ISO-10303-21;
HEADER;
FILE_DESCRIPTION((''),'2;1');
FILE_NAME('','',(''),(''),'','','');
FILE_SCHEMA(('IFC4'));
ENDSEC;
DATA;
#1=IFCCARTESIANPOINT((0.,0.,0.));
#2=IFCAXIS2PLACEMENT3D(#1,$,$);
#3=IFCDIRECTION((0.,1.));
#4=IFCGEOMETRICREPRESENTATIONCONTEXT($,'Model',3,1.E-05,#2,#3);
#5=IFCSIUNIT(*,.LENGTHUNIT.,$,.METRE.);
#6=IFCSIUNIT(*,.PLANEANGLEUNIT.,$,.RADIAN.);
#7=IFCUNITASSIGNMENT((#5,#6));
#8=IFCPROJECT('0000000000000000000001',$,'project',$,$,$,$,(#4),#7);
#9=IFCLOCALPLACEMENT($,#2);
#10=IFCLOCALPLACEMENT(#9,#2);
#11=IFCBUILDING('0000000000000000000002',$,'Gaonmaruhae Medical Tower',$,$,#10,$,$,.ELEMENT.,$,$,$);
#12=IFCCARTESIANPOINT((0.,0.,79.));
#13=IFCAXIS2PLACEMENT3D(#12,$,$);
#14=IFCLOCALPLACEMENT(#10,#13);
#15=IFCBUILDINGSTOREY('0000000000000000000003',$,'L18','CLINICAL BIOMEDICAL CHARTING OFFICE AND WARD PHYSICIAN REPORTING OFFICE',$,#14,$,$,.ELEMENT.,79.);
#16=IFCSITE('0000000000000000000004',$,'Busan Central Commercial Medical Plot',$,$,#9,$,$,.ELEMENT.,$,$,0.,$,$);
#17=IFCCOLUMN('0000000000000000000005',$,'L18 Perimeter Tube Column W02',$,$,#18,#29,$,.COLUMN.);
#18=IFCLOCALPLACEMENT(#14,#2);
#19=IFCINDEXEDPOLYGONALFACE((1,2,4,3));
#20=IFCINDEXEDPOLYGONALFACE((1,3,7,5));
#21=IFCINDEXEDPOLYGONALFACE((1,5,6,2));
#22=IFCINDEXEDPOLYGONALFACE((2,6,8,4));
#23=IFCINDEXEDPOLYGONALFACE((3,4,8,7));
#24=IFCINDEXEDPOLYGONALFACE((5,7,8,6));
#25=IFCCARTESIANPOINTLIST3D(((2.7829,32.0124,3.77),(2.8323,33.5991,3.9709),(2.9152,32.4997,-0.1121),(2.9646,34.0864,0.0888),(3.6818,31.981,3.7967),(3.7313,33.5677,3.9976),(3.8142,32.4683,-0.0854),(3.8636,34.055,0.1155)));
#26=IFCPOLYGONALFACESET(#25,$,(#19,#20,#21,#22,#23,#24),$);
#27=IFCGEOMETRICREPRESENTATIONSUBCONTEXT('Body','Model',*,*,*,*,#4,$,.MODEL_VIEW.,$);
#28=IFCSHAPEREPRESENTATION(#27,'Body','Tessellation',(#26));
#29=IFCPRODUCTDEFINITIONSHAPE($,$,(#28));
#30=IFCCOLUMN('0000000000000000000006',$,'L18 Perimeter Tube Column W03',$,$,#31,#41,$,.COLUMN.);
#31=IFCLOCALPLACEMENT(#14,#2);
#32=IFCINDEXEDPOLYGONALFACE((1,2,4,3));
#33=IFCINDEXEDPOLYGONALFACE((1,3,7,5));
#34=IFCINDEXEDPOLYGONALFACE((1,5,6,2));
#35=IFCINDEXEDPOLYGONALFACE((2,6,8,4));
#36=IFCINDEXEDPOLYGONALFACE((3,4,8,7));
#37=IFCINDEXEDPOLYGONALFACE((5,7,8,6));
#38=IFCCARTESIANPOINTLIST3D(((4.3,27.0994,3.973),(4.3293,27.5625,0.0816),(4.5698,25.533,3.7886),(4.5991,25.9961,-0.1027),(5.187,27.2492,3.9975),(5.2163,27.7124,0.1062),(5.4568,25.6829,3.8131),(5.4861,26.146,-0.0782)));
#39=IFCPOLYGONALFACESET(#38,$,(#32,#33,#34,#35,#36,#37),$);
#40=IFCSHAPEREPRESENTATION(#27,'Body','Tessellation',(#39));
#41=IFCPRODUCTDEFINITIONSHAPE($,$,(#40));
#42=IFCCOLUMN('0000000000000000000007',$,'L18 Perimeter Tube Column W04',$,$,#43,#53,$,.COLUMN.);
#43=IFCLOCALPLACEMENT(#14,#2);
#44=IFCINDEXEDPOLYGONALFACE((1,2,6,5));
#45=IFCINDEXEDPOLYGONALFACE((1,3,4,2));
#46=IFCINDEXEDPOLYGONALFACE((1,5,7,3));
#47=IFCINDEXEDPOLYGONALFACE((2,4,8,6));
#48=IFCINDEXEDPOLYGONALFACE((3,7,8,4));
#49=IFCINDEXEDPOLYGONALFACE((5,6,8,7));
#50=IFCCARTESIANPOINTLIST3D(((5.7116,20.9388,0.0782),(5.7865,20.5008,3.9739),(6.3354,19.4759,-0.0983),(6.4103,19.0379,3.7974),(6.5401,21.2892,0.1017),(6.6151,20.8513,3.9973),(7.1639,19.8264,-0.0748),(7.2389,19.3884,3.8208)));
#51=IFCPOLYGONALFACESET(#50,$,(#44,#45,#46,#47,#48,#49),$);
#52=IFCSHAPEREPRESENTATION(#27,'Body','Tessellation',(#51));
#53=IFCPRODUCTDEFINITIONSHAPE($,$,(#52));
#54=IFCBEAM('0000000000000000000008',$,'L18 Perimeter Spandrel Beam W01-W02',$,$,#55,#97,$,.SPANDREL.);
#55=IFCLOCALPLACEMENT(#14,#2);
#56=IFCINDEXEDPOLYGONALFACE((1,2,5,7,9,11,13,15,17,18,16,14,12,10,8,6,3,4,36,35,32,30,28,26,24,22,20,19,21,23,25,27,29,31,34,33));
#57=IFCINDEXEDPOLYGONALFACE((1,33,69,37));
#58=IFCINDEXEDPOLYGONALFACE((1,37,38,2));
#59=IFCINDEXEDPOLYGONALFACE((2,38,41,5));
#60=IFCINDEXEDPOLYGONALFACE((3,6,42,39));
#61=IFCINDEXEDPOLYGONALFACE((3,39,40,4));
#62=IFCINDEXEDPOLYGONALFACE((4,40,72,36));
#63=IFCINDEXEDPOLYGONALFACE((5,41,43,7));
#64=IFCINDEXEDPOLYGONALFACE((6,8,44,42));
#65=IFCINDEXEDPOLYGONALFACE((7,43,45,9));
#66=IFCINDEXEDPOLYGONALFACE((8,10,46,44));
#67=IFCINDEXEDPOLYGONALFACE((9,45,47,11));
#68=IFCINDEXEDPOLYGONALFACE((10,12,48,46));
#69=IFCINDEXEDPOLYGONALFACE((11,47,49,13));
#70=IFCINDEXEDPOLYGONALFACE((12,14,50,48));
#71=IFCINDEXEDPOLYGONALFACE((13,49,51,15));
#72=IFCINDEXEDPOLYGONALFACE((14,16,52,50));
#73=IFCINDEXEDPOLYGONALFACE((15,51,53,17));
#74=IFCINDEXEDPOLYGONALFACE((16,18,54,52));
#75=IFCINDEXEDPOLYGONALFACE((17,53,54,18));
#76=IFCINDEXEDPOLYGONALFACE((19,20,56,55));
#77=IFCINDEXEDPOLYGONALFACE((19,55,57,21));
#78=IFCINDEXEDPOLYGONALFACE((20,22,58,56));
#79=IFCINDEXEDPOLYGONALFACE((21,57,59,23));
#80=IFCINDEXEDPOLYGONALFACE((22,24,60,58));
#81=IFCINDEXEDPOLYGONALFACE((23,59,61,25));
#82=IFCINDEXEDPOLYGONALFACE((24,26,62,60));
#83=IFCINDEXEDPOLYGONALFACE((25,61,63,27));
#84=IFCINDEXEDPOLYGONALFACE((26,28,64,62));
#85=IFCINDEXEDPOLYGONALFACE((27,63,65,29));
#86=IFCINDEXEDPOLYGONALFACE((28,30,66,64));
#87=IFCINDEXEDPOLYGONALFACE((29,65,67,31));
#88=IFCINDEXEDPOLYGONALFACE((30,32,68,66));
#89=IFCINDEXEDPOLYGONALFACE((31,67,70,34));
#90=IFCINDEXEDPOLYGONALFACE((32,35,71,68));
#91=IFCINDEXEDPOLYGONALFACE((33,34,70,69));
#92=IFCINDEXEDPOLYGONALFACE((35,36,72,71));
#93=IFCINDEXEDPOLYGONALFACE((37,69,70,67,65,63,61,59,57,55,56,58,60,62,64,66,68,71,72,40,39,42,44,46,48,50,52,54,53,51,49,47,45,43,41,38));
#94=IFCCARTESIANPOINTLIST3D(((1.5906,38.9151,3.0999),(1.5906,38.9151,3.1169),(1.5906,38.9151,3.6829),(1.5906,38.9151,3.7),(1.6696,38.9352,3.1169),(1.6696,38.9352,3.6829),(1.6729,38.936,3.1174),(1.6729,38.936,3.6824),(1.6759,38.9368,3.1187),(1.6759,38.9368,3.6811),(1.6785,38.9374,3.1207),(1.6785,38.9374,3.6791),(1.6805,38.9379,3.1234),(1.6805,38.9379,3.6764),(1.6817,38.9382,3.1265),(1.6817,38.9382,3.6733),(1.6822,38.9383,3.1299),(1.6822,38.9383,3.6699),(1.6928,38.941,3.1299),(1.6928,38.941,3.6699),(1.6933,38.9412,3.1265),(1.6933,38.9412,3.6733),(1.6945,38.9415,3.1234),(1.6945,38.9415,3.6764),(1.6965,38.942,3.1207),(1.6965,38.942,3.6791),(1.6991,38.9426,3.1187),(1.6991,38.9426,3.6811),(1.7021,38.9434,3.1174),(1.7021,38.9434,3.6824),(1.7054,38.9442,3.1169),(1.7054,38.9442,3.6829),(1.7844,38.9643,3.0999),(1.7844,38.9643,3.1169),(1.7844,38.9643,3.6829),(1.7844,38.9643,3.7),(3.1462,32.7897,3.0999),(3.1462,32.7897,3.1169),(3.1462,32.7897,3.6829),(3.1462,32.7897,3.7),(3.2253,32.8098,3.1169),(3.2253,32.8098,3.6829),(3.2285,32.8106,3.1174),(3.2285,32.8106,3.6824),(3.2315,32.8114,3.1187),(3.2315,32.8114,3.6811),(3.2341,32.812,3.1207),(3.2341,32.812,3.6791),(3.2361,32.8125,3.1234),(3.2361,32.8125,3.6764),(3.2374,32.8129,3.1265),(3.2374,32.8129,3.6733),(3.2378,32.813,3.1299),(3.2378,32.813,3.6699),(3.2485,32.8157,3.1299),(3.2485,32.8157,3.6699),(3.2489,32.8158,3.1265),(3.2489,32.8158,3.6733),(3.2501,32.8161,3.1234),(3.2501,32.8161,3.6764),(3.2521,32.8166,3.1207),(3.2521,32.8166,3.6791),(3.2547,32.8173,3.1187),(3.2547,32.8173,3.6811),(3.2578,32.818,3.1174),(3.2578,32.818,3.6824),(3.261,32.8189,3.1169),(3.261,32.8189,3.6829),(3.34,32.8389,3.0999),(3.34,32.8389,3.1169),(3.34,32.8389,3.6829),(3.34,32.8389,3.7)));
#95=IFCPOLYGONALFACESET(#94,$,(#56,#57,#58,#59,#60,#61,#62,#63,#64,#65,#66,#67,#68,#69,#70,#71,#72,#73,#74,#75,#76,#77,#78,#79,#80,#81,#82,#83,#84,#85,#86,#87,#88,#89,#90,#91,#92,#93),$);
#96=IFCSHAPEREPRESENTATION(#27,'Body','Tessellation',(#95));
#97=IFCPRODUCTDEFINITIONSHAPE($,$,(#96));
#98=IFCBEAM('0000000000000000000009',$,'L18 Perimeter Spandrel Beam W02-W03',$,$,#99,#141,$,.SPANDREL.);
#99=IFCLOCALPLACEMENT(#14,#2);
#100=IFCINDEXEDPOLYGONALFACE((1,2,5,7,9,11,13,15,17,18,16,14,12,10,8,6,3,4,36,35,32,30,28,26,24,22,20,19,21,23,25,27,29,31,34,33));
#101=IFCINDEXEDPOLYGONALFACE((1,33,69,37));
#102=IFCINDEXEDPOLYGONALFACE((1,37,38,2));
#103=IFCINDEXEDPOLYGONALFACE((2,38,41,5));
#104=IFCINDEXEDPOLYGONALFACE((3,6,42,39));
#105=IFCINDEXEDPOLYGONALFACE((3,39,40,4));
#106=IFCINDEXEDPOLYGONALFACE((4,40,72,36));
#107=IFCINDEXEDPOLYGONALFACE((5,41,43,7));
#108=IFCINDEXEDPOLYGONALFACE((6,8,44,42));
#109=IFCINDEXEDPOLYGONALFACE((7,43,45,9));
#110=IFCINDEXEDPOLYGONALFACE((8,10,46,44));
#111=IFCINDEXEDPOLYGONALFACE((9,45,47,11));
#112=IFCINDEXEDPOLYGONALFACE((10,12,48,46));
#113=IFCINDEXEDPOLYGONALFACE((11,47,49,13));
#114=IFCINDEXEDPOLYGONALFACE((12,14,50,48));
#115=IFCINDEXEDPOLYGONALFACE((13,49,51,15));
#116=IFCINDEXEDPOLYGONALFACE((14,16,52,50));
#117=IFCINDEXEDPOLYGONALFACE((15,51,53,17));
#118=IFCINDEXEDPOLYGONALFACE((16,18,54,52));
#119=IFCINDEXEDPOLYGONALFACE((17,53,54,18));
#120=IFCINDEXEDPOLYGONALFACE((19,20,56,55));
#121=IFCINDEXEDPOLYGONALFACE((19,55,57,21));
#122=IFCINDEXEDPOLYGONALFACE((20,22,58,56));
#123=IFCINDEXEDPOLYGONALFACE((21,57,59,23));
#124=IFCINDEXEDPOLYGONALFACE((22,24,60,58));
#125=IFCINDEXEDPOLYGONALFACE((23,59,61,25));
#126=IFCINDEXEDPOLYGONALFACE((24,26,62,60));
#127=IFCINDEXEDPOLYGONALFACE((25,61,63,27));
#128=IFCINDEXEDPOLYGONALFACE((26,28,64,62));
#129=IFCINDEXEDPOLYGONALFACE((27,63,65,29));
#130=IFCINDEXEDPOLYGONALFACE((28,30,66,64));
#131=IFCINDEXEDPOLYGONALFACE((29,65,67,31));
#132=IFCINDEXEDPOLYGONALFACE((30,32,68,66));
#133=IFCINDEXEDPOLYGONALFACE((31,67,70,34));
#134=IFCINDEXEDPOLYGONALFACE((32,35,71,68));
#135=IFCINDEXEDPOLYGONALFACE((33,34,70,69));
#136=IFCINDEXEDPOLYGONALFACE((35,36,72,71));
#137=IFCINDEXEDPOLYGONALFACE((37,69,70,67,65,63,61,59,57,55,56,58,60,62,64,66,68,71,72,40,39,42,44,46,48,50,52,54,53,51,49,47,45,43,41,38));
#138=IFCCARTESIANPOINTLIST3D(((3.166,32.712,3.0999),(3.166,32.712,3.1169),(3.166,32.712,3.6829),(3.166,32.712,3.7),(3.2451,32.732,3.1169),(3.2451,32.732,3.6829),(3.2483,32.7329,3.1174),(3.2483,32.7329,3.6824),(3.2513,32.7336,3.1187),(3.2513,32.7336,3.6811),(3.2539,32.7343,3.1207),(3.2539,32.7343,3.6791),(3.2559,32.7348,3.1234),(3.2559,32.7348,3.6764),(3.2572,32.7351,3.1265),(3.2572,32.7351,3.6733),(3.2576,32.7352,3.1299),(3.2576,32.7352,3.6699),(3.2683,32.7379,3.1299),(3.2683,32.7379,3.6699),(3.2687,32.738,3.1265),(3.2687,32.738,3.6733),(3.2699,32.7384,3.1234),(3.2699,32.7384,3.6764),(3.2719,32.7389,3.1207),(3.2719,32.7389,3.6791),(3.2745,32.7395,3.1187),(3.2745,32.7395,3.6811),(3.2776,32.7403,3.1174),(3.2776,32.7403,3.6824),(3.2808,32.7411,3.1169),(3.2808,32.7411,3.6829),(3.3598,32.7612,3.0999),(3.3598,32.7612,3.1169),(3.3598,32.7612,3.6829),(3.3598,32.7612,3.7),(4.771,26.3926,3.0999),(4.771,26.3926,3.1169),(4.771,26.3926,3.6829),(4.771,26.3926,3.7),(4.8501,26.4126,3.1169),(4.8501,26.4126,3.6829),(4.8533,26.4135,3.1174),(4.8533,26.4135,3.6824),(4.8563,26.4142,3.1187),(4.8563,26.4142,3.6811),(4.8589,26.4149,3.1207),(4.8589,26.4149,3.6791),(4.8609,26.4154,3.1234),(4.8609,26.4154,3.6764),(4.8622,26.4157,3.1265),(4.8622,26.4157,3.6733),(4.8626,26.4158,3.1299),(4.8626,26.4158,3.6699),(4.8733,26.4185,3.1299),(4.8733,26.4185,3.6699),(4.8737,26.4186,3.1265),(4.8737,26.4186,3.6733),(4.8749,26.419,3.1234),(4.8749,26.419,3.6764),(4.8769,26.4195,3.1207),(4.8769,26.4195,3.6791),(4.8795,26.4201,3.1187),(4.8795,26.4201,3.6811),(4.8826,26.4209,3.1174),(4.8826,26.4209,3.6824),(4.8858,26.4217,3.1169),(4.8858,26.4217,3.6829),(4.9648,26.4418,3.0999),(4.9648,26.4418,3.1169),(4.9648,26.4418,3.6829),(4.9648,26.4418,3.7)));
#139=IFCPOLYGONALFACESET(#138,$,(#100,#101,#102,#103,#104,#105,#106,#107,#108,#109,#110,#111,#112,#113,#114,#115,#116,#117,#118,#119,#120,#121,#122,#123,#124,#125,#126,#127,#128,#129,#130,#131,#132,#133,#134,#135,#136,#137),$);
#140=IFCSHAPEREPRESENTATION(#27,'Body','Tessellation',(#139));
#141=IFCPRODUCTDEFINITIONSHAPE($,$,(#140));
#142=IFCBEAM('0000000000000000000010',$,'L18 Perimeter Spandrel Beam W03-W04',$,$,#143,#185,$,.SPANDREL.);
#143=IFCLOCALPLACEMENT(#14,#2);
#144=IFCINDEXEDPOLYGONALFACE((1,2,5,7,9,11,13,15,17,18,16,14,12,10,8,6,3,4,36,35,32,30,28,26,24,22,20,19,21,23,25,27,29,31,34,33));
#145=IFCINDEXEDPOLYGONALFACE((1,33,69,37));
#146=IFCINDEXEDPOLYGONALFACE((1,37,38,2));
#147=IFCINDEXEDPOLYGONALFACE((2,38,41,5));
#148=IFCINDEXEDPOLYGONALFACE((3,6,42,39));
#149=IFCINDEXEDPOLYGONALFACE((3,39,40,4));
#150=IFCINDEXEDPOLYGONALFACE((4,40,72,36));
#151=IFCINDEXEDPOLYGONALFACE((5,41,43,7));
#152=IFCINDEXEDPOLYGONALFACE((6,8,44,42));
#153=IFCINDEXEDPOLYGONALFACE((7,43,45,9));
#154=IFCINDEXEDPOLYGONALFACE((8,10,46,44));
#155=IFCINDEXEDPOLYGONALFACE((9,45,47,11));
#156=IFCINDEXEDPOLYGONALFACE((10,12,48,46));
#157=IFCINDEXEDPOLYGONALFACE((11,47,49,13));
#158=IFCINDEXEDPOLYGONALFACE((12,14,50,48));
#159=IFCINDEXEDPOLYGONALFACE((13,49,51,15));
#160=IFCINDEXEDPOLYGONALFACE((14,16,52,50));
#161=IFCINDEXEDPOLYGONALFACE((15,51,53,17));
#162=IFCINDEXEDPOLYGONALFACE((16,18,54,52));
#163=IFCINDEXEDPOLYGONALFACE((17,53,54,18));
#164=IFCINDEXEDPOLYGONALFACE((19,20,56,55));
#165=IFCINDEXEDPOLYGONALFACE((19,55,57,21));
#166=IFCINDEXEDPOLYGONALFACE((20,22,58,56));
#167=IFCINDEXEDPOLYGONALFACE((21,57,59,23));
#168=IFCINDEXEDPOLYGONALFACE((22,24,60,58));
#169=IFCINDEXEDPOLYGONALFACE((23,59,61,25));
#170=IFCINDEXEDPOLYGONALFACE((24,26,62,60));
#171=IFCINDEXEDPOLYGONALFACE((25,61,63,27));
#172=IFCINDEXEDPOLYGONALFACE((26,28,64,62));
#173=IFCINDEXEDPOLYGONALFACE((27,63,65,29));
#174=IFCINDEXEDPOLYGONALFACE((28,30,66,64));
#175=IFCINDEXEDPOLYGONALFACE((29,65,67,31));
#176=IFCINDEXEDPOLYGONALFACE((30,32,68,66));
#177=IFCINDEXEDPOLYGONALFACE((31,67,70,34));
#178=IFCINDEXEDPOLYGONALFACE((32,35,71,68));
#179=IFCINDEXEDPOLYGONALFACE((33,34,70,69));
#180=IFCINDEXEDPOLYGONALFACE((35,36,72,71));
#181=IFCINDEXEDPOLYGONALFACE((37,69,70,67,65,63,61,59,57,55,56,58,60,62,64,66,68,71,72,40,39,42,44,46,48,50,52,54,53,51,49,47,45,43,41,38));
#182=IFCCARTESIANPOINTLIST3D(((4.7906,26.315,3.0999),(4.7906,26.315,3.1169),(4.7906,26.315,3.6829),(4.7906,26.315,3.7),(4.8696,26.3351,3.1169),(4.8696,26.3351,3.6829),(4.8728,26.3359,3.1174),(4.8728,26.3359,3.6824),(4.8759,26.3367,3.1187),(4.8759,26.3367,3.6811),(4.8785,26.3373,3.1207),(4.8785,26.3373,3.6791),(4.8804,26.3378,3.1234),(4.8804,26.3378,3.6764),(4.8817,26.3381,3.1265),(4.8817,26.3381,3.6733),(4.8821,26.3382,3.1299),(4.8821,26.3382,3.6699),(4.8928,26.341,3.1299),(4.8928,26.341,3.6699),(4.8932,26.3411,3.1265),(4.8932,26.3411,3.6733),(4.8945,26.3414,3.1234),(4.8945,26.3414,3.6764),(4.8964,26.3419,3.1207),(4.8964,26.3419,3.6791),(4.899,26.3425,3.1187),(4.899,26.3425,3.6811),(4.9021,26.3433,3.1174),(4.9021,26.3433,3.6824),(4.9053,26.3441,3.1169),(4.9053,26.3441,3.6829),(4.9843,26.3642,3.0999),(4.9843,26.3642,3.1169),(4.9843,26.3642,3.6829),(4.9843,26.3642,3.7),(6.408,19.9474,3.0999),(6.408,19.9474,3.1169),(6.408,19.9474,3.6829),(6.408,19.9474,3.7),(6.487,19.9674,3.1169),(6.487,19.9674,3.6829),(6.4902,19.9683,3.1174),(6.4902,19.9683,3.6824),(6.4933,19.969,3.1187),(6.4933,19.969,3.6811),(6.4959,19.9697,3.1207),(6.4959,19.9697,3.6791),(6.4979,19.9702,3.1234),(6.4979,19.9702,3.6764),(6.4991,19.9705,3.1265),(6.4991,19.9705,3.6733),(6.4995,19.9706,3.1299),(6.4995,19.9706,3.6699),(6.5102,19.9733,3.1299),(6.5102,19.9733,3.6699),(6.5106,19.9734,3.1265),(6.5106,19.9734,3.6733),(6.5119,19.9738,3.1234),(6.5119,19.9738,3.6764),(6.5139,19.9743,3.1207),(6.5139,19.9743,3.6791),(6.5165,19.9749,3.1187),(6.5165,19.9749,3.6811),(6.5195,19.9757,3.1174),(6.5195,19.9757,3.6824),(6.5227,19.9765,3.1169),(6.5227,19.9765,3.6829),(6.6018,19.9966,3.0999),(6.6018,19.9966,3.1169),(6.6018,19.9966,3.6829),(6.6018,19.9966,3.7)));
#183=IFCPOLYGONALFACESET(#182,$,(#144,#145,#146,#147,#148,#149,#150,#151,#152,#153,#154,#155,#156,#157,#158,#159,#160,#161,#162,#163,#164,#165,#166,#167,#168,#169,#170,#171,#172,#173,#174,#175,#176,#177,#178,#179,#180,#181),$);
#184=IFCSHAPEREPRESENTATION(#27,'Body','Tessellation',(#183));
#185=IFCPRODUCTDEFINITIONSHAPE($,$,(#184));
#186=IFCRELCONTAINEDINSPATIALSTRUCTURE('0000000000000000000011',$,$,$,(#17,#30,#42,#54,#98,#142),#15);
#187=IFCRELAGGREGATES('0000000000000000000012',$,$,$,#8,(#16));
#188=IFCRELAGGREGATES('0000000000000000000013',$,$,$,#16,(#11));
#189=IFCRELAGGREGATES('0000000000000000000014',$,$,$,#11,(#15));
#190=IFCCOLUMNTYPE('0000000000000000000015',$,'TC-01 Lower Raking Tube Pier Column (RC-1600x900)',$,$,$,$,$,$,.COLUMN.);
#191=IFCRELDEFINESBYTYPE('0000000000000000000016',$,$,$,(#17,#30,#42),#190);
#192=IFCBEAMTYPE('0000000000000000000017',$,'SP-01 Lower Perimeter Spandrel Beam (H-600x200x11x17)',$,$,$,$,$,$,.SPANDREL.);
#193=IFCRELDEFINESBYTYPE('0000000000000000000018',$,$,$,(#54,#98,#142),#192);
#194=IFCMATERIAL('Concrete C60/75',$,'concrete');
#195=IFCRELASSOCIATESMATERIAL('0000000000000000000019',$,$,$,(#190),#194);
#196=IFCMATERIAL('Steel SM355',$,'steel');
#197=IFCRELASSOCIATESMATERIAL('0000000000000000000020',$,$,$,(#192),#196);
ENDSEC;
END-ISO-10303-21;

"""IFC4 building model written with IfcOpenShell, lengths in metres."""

from ifc_helpers import new_model, si_unit, direction, frame, origin, origin_2d, place, context, subcontext, project, spatial, rectangle, i_section, extrude, material, material_profile, profile_set, type_object, element, save


model = new_model("IFC4")

# Units and contexts
model_context = context("Model", 3, precision=1e-05, world=origin(), true_north=direction((0.0, 1.0)))
body_context = subcontext(model_context, "Body", "Model", "MODEL_VIEW")
ifc_project = project(units=[si_unit("LENGTHUNIT", "METRE"), si_unit("PLANEANGLEUNIT", "RADIAN")], contexts=[model_context])

# Site, building, storey
site_placement = place(None, origin())
site = spatial("IfcSite", under=ifc_project, at=site_placement, Name="Busan Central Commercial Medical Plot", CompositionType="ELEMENT", RefElevation=0.0)
building_placement = place(site_placement, origin())
building = spatial("IfcBuilding", under=site, at=building_placement, Name="Gaonmaruhae Medical Tower", CompositionType="ELEMENT")
storey_placement = place(building_placement, frame((0.0, 0.0, 79.0)))
storey = spatial("IfcBuildingStorey", under=building, at=storey_placement, Name="L18", Description="CLINICAL BIOMEDICAL CHARTING OFFICE AND WARD PHYSICIAN REPORTING OFFICE", CompositionType="ELEMENT", Elevation=79.0)

# Columns
ifc_material_1 = material(Name="Concrete C60/75", Category="concrete")
ifc_material_profile_1 = material_profile(ifc_material_1, rectangle(XDim=1.6001, YDim=0.8999, at=origin_2d()), Name="RC-1600x900")
ifc_profile_set_1 = profile_set([ifc_material_profile_1], Name="Concrete C60/75")
column_type = type_object("IfcColumnType", Name="TC-01 Lower Raking Tube Pier Column (RC-1600x900)", PredefinedType="COLUMN", material=ifc_profile_set_1)
column_1_placement = place(storey_placement, frame((3.3894, 33.2773, 0.0017), z_axis=(-0.033801, -0.124478, 0.991646), x_axis=(0.030884, 0.991609, 0.125526)))
element("IfcColumn", 1, at=column_1_placement, inside=storey, type_object=column_type, Name="L18 Perimeter Tube Column W02", PredefinedType="COLUMN", context=body_context, shape_type="SweptSolid", body=[
    extrude(rectangle(XDim=1.6001, YDim=0.8999, at=origin_2d()), origin(), (0.0, 0.0, 1.0), 3.9148),
])
column_2_placement = place(storey_placement, frame((4.9077, 26.8542, 0.0017), z_axis=(-0.007476, -0.118179, 0.992964), x_axis=(-0.168585, 0.978928, 0.115239)))
element("IfcColumn", 2, at=column_2_placement, inside=storey, type_object=column_type, Name="L18 Perimeter Tube Column W03", PredefinedType="COLUMN", context=body_context, shape_type="SweptSolid", body=[
    extrude(rectangle(XDim=1.6001, YDim=0.8999, at=origin_2d()), origin(), (0.0, 0.0, 1.0), 3.9189),
])
column_3_placement = place(storey_placement, frame((6.4377, 20.3826, 0.0017), z_axis=(0.019115, -0.111703, 0.993558), x_axis=(-0.389846, 0.914252, 0.110287)))
element("IfcColumn", 3, at=column_3_placement, inside=storey, type_object=column_type, Name="L18 Perimeter Tube Column W04", PredefinedType="COLUMN", context=body_context, shape_type="SweptSolid", body=[
    extrude(rectangle(XDim=1.6001, YDim=0.8999, at=origin_2d()), origin(), (0.0, 0.0, 1.0), 3.9209),
])

# Beams
ifc_material_2 = material(Name="Steel SM355", Category="steel")
ifc_material_profile_2 = material_profile(ifc_material_2, i_section(OverallWidth=0.2, OverallDepth=0.6001, WebThickness=0.011, FlangeThickness=0.0171, FilletRadius=0.0129, at=origin_2d()), Name="H-600x200x11x17")
ifc_profile_set_2 = profile_set([ifc_material_profile_2], Name="Steel SM355")
beam_type = type_object("IfcBeamType", Name="SP-01 Lower Perimeter Spandrel Beam (H-600x200x11x17)", PredefinedType="SPANDREL", material=ifc_profile_set_2)
beam_1_placement = place(storey_placement, frame((1.6875, 38.9397, 3.3999), z_axis=(0.246152, -0.969231, 0.0), x_axis=(0.969231, 0.246152, 0.0)))
element("IfcBeam", 4, at=beam_1_placement, inside=storey, type_object=beam_type, Name="L18 Perimeter Spandrel Beam W01-W02", PredefinedType="SPANDREL", context=body_context, shape_type="SweptSolid", body=[
    extrude(i_section(OverallWidth=0.2, OverallDepth=0.6001, WebThickness=0.011, FlangeThickness=0.0171, FilletRadius=0.0129, at=origin_2d()), origin(), (0.0, 0.0, 1.0), 6.3198),
])
beam_2_placement = place(storey_placement, frame((3.2629, 32.7366, 3.3999), z_axis=(0.246164, -0.969228, 0.0), x_axis=(0.969228, 0.246164, 0.0)))
element("IfcBeam", 5, at=beam_2_placement, inside=storey, type_object=beam_type, Name="L18 Perimeter Spandrel Beam W02-W03", PredefinedType="SPANDREL", context=body_context, shape_type="SweptSolid", body=[
    extrude(i_section(OverallWidth=0.2, OverallDepth=0.6001, WebThickness=0.011, FlangeThickness=0.0171, FilletRadius=0.0129, at=origin_2d()), origin(), (0.0, 0.0, 1.0), 6.52),
])
beam_3_placement = place(storey_placement, frame((4.8875, 26.3396, 3.3999), z_axis=(0.246189, -0.969222, 0.0), x_axis=(0.969222, 0.246189, 0.0)))
element("IfcBeam", 6, at=beam_3_placement, inside=storey, type_object=beam_type, Name="L18 Perimeter Spandrel Beam W03-W04", PredefinedType="SPANDREL", context=body_context, shape_type="SweptSolid", body=[
    extrude(i_section(OverallWidth=0.2, OverallDepth=0.6001, WebThickness=0.011, FlangeThickness=0.0171, FilletRadius=0.0129, at=origin_2d()), origin(), (0.0, 0.0, 1.0), 6.5698),
])

save(model, "model.ifc")
